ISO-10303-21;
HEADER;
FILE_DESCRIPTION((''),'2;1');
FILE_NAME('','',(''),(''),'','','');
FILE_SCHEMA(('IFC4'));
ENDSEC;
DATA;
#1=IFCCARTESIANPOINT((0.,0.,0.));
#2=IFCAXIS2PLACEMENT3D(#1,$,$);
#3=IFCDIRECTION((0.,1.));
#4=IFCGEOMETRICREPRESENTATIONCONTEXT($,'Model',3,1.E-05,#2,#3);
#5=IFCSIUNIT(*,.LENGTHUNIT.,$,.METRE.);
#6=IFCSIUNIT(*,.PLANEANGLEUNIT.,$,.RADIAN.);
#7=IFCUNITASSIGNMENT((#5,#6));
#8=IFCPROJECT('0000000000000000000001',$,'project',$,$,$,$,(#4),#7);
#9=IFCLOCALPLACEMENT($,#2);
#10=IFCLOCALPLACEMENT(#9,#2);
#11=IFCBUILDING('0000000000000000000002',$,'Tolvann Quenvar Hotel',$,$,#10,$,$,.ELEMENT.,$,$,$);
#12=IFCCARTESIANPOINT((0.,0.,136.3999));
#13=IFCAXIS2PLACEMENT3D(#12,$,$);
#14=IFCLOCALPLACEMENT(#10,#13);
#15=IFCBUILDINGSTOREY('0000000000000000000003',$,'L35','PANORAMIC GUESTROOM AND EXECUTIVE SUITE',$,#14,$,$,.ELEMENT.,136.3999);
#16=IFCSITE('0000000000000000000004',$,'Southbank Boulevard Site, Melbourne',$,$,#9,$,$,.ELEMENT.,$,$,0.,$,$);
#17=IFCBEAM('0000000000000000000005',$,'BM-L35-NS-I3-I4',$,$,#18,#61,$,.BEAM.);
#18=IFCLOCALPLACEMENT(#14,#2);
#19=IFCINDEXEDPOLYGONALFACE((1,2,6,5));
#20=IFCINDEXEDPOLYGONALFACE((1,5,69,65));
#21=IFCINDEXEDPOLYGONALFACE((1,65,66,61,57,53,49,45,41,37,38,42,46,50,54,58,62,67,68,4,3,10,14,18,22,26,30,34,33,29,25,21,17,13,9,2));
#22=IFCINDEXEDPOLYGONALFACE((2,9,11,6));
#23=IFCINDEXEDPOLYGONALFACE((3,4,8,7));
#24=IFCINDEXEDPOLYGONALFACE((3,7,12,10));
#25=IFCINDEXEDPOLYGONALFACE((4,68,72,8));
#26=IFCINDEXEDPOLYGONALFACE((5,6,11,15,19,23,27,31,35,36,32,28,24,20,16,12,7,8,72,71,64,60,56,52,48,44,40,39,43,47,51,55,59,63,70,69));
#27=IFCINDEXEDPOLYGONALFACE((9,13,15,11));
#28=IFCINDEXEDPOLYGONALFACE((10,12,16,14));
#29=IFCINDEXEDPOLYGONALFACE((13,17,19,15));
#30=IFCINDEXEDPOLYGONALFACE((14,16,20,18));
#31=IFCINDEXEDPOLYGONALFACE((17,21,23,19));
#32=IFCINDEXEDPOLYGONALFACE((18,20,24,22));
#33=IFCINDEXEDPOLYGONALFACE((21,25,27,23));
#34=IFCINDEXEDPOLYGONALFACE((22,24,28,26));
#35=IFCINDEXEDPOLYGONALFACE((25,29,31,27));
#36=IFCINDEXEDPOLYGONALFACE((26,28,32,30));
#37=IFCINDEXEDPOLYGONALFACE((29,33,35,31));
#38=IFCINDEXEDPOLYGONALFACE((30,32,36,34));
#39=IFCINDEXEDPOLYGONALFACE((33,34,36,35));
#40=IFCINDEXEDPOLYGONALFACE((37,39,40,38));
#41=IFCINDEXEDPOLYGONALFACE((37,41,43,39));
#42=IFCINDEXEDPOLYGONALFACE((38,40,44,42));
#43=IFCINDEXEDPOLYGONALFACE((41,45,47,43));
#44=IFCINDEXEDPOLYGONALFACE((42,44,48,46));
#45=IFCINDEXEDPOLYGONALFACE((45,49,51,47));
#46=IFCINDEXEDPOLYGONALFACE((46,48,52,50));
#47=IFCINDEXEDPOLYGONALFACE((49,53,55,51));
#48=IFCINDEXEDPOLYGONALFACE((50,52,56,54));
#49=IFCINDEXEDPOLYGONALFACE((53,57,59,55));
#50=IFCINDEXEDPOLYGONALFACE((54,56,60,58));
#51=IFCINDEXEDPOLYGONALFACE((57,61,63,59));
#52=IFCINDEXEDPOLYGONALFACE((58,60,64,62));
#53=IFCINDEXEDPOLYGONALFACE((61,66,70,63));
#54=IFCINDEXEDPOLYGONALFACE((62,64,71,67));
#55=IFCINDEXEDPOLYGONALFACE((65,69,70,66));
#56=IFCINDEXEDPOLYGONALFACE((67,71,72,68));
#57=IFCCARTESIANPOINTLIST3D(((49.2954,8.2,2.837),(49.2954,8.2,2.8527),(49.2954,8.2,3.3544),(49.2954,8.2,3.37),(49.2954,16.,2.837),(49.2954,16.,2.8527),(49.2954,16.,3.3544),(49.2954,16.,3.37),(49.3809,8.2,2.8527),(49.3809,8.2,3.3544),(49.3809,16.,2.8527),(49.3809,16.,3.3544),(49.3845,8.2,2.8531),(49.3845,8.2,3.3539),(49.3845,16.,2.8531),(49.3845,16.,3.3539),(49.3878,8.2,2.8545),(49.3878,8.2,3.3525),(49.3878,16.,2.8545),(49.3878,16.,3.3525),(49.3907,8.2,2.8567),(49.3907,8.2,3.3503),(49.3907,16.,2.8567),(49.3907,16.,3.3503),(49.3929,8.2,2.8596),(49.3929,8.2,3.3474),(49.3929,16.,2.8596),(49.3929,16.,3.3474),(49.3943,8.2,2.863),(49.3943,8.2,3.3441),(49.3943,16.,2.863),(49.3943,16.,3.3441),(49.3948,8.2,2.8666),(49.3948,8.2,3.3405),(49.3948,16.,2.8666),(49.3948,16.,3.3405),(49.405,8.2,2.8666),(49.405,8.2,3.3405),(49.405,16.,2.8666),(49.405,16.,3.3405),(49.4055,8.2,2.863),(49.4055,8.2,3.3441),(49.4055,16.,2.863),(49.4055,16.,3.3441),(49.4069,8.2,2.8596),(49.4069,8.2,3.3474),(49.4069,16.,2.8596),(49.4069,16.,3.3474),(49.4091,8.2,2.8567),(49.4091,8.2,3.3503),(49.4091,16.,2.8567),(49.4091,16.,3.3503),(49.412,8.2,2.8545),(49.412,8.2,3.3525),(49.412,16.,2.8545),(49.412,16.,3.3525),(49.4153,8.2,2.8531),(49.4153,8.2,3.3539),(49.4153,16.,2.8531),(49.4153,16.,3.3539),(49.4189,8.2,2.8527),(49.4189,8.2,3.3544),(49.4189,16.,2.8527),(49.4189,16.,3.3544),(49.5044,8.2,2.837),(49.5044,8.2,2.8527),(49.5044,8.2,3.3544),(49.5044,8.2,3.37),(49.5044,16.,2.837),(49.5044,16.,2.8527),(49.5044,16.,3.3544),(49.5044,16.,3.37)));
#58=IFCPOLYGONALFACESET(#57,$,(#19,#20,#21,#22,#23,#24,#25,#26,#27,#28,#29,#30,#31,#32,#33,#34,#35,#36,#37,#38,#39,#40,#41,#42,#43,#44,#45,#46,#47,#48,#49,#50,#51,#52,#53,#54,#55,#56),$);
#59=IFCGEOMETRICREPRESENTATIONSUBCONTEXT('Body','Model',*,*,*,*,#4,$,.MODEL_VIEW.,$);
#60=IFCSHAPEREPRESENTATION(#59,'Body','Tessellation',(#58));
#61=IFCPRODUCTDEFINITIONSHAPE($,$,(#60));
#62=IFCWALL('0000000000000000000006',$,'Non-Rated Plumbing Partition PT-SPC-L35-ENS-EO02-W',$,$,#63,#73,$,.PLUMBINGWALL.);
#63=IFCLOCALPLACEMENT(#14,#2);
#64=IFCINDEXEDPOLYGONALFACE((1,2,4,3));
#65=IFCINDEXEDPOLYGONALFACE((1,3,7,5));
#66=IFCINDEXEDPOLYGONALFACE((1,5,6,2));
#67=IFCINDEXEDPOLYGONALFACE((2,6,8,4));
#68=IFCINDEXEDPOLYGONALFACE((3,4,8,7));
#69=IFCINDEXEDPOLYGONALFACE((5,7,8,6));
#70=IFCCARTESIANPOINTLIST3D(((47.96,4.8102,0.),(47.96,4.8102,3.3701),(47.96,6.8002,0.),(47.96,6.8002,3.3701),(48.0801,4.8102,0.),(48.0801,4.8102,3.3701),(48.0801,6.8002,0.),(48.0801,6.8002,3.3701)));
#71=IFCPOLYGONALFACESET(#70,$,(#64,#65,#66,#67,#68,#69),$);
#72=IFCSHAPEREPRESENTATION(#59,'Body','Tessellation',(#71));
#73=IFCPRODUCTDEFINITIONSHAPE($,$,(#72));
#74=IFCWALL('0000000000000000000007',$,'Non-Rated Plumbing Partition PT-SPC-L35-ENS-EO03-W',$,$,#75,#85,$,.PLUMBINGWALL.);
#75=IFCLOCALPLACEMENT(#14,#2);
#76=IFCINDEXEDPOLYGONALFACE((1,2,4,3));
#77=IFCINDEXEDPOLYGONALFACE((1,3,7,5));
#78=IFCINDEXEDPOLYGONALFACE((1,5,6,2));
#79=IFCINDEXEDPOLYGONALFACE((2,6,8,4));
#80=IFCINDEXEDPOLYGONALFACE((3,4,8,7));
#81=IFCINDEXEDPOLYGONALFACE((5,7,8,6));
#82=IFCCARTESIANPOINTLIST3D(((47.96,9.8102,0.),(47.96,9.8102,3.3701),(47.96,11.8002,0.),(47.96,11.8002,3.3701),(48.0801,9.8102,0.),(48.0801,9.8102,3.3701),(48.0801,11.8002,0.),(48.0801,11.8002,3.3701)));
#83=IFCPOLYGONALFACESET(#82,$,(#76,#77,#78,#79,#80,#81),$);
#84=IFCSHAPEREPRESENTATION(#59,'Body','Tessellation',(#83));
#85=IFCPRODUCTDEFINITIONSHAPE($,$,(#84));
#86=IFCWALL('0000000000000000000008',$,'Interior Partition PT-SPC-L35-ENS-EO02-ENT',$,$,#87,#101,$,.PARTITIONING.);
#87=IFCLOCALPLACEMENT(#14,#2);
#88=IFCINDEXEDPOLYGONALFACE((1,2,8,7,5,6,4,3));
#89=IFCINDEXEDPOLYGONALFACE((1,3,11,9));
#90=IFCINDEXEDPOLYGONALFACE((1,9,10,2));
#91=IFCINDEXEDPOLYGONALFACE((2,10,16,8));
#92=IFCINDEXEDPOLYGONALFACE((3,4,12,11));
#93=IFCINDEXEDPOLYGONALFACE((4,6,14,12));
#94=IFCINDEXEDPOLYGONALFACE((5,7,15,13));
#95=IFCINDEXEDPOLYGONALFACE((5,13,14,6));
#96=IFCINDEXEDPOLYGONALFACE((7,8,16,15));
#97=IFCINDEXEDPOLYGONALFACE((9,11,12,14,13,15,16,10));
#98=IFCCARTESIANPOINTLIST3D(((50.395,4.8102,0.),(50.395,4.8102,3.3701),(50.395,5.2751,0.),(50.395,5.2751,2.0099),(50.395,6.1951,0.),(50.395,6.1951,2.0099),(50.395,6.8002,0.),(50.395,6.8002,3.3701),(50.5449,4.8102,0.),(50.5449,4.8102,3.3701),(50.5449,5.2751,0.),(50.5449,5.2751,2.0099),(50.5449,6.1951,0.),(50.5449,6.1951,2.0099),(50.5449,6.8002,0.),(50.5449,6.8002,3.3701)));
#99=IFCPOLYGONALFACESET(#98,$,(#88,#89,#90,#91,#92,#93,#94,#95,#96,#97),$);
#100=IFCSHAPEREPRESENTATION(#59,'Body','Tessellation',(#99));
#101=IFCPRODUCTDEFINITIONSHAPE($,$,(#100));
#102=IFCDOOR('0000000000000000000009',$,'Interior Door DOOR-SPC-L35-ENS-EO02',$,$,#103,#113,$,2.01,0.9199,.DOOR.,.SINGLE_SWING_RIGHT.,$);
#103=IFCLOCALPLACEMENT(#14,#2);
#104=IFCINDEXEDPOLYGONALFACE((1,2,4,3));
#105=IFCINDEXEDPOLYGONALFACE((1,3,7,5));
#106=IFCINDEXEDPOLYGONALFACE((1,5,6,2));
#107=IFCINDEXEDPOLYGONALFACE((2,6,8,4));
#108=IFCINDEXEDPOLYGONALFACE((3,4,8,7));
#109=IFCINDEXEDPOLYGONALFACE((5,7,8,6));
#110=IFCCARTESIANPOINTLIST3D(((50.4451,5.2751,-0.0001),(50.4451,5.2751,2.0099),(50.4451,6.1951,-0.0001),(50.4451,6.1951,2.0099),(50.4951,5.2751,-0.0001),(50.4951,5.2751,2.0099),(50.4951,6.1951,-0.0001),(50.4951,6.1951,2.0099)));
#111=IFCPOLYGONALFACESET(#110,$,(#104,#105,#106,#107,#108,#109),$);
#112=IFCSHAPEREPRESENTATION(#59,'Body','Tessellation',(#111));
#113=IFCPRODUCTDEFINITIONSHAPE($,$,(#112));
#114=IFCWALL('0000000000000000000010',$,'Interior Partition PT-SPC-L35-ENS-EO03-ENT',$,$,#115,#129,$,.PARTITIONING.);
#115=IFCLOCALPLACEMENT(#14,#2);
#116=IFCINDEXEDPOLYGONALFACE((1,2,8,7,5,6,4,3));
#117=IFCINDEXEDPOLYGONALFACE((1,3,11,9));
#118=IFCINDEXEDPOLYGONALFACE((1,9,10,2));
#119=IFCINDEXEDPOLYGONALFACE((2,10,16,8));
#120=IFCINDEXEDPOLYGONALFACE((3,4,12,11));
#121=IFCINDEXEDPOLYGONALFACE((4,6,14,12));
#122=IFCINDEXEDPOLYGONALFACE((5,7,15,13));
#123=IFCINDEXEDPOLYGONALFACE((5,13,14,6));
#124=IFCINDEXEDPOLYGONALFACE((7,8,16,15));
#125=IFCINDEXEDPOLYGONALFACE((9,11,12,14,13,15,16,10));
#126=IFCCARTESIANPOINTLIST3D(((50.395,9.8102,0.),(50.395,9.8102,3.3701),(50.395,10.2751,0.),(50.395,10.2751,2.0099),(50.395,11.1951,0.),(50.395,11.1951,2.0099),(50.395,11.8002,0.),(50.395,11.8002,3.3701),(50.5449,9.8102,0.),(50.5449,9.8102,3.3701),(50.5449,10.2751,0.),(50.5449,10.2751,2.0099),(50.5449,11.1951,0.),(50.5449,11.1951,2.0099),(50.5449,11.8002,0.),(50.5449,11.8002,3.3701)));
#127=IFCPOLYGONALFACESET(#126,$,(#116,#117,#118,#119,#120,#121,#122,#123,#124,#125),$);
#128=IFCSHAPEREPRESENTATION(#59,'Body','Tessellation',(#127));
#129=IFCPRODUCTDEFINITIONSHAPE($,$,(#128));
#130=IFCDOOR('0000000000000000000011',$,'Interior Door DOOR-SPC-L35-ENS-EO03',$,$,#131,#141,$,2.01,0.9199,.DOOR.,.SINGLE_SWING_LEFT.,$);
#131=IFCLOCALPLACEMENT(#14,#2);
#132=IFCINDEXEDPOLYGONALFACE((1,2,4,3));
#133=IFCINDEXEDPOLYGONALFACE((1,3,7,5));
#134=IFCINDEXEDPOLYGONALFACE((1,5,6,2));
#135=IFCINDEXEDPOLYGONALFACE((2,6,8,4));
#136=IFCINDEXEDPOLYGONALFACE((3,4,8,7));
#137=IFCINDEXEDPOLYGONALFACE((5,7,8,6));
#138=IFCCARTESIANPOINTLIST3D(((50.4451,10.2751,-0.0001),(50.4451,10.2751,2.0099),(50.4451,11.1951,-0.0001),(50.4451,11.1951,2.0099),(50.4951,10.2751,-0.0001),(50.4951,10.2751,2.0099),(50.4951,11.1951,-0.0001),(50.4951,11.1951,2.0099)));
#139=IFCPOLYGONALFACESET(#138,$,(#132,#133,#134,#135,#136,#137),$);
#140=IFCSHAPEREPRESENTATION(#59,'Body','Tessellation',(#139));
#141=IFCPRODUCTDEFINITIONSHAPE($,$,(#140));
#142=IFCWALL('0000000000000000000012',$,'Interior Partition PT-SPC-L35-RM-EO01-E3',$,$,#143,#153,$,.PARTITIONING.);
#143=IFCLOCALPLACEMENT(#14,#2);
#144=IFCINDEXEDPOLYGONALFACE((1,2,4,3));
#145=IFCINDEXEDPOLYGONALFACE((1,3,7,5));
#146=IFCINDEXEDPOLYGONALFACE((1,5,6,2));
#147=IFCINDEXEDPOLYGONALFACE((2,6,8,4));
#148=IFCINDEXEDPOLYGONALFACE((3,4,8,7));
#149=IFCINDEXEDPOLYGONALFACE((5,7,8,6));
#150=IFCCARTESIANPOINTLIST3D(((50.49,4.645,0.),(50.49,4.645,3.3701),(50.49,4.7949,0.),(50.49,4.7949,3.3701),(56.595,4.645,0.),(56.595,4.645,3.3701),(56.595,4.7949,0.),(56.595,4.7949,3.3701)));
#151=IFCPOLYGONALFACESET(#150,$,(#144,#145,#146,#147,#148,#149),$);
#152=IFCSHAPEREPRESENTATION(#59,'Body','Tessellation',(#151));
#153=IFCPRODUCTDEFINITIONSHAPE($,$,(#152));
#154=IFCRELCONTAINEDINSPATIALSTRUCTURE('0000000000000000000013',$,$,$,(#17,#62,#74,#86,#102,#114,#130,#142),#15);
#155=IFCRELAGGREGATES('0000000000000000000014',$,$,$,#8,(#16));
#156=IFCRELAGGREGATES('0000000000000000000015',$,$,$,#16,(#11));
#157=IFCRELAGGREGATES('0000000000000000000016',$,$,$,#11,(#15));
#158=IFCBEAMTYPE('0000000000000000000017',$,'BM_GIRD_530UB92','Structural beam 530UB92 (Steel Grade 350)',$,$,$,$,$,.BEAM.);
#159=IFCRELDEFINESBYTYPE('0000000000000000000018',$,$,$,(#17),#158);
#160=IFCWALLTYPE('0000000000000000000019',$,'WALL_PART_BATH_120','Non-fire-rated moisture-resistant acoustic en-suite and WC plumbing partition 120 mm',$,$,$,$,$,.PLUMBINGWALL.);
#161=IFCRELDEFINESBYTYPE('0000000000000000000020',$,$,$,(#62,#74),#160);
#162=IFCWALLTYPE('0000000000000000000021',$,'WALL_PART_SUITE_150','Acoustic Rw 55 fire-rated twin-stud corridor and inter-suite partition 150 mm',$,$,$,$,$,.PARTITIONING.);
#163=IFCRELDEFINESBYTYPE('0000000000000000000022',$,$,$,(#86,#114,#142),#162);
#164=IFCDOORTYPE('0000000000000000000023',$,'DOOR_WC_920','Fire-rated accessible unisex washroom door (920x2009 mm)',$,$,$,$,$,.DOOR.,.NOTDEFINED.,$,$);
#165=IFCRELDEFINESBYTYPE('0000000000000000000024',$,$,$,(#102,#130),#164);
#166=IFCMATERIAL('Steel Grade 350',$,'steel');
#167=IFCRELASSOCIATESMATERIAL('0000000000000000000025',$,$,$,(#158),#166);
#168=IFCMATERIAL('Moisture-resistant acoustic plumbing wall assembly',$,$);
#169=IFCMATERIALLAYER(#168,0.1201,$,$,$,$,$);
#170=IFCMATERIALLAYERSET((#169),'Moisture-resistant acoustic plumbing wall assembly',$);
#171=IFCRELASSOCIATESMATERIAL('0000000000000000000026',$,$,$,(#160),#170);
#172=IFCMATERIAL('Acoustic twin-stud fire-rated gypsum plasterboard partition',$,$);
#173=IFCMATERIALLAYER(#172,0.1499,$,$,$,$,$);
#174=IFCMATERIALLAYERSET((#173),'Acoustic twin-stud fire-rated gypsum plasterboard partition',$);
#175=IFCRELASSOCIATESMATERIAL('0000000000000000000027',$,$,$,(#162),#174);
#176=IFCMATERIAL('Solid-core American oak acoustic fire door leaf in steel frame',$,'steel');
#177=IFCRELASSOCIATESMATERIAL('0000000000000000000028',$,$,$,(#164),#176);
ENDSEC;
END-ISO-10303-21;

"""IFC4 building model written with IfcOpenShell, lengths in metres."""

from ifc_helpers import new_model, si_unit, direction, frame, frame_2d, origin, origin_2d, place, context, subcontext, project, spatial, rectangle, i_section, extrude, source, transform, mapped, material, layer, layer_set, material_profile, profile_set, type_object, type_shapes, element, fill, save


model = new_model("IFC4")

# Units and contexts
model_context = context("Model", 3, precision=1e-05, world=origin(), true_north=direction((0.0, 1.0)))
body_context = subcontext(model_context, "Body", "Model", "MODEL_VIEW")
ifc_project = project(units=[si_unit("LENGTHUNIT", "METRE"), si_unit("PLANEANGLEUNIT", "RADIAN")], contexts=[model_context])

# Site, building, storey
site_placement = place(None, origin())
site = spatial("IfcSite", under=ifc_project, at=site_placement, Name="Southbank Boulevard Site, Melbourne", CompositionType="ELEMENT", RefElevation=0.0)
building_placement = place(site_placement, origin())
building = spatial("IfcBuilding", under=site, at=building_placement, Name="Tolvann Quenvar Hotel", CompositionType="ELEMENT")
storey_placement = place(building_placement, frame((0.0, 0.0, 136.3999)))
storey = spatial("IfcBuildingStorey", under=building, at=storey_placement, Name="L35", Description="PANORAMIC GUESTROOM AND EXECUTIVE SUITE", CompositionType="ELEMENT", Elevation=136.3999)

# Shared definitions
ifc_material_1 = material(Name="Steel Grade 350", Category="steel")

# Beam
ifc_material_profile_1 = material_profile(ifc_material_1, i_section(OverallWidth=0.209, OverallDepth=0.533, WebThickness=0.0103, FlangeThickness=0.0156, FilletRadius=0.0139, at=origin_2d()), Name="530UB92")
ifc_profile_set_1 = profile_set([ifc_material_profile_1], Name="Steel Grade 350")
beam_type_1 = type_object("IfcBeamType", Name="BM_GIRD_530UB92", Description="Structural beam 530UB92 (Steel Grade 350)", PredefinedType="BEAM", material=ifc_profile_set_1)
shared_shape_1 = source(origin(), body_context, "Body", "SweptSolid", [
    extrude(i_section(OverallWidth=0.209, OverallDepth=0.533, WebThickness=0.0103, FlangeThickness=0.0156, FilletRadius=0.0139, at=origin_2d()), origin(), (0.0, 0.0, 1.0), 7.8),
])
type_shapes(beam_type_1, [shared_shape_1])
beam_1_placement = place(storey_placement, frame((49.3999, 8.2, 3.1035), z_axis=(0.0, 1.0, 0.0), x_axis=(-1.0, 0.0, 0.0)))
element("IfcBeam", 1, at=beam_1_placement, inside=storey, type_object=beam_type_1, Name="BM-L35-NS-I3-I4", PredefinedType="BEAM", context=body_context, shape_type="MappedRepresentation", body=[
    mapped(shared_shape_1, transform((0.0, 0.0, 0.0), x_axis=(1.0, 0.0, 0.0), y_axis=(0.0, 1.0, 0.0), z_axis=(0.0, 0.0, 1.0), scale=1.0)),
])

# Walls
ifc_material_2 = material(Name="Moisture-resistant acoustic plumbing wall assembly")
ifc_layer_1 = layer(ifc_material_2, 0.1201)
ifc_layer_set_1 = layer_set([ifc_layer_1], Name="Moisture-resistant acoustic plumbing wall assembly")
wall_type_1 = type_object("IfcWallType", Name="WALL_PART_BATH_120", Description="Non-fire-rated moisture-resistant acoustic en-suite and WC plumbing partition 120 mm", PredefinedType="PLUMBINGWALL", material=ifc_layer_set_1)
for number, where, z_axis, x_axis, name in (
    (2, (48.02, 4.8101, 0.0), (0.0, 0.0, 1.0), (0.0, 1.0, 0.0), "Non-Rated Plumbing Partition PT-SPC-L35-ENS-EO02-W"),
    (3, (48.02, 9.8101, 0.0), (0.0, 0.0, 1.0), (0.0, 1.0, 0.0), "Non-Rated Plumbing Partition PT-SPC-L35-ENS-EO03-W"),
):
    element("IfcWall", number, at=place(storey_placement, frame(where, z_axis=z_axis, x_axis=x_axis)), inside=storey, type_object=wall_type_1, Name=name, PredefinedType="PLUMBINGWALL", context=body_context, shape_type="SweptSolid", body=[
        extrude(rectangle(XDim=1.99, YDim=0.1201, at=frame_2d((0.9951, 0.0))), origin(), (0.0, 0.0, 1.0), 3.3701),
    ])

# Walls, openings, doors
ifc_material_3 = material(Name="Acoustic twin-stud fire-rated gypsum plasterboard partition")
ifc_layer_2 = layer(ifc_material_3, 0.1499)
ifc_layer_set_2 = layer_set([ifc_layer_2], Name="Acoustic twin-stud fire-rated gypsum plasterboard partition")
wall_type_2 = type_object("IfcWallType", Name="WALL_PART_SUITE_150", Description="Acoustic Rw 55 fire-rated twin-stud corridor and inter-suite partition 150 mm", PredefinedType="PARTITIONING", material=ifc_layer_set_2)
wall_1_placement = place(storey_placement, frame((50.47, 4.8101, 0.0), z_axis=(0.0, 0.0, 1.0), x_axis=(0.0, 1.0, 0.0)))
wall_1 = element("IfcWall", 4, at=wall_1_placement, inside=storey, type_object=wall_type_2, Name="Interior Partition PT-SPC-L35-ENS-EO02-ENT", PredefinedType="PARTITIONING", context=body_context, shape_type="SweptSolid", body=[
    extrude(rectangle(XDim=1.99, YDim=0.1499, at=frame_2d((0.9951, 0.0))), origin(), (0.0, 0.0, 1.0), 3.3701),
])
opening_1_placement = place(wall_1_placement, frame((0.4651, 0.0, 0.0)))
opening_1 = element("IfcOpeningElement", 5, at=opening_1_placement, cuts=wall_1, PredefinedType="OPENING", context=body_context, shape_type="SweptSolid", body=[
    extrude(rectangle(XDim=0.9199, YDim=2.01, at=frame_2d((0.46, 1.0049))), frame((0.0, 0.085, 0.0), z_axis=(0.0, -1.0, 0.0), x_axis=(1.0, 0.0, 0.0)), (0.0, 0.0, 1.0), 0.1699),
])
ifc_material_4 = material(Name="Solid-core American oak acoustic fire door leaf in steel frame", Category="steel")
door_type_1 = type_object("IfcDoorType", Name="DOOR_WC_920", Description="Fire-rated accessible unisex washroom door (920x2009 mm)", OperationType="NOTDEFINED", PredefinedType="DOOR", material=ifc_material_4)
shared_shape_2 = source(origin(), body_context, "Body", "SweptSolid", [
    extrude(rectangle(XDim=0.9199, YDim=2.01, at=frame_2d((0.46, 1.0049))), frame((0.0, 0.0249, 0.0), z_axis=(0.0, -1.0, 0.0), x_axis=(1.0, 0.0, 0.0)), (0.0, 0.0, 1.0), 0.05),
])
type_shapes(door_type_1, [shared_shape_2])
door_1_placement = place(opening_1_placement, origin())
door_1 = element("IfcDoor", 6, at=door_1_placement, inside=storey, type_object=door_type_1, Name="Interior Door DOOR-SPC-L35-ENS-EO02", OperationType="SINGLE_SWING_RIGHT", OverallHeight=2.01, OverallWidth=0.9199, PredefinedType="DOOR", context=body_context, shape_type="MappedRepresentation", body=[
    mapped(shared_shape_2, transform((0.0, 0.0, 0.0), x_axis=(1.0, 0.0, 0.0), y_axis=(0.0, 1.0, 0.0), z_axis=(0.0, 0.0, 1.0), scale=1.0)),
])
fill(opening_1, door_1)
wall_2_placement = place(storey_placement, frame((50.47, 9.8101, 0.0), z_axis=(0.0, 0.0, 1.0), x_axis=(0.0, 1.0, 0.0)))
wall_2 = element("IfcWall", 7, at=wall_2_placement, inside=storey, type_object=wall_type_2, Name="Interior Partition PT-SPC-L35-ENS-EO03-ENT", PredefinedType="PARTITIONING", context=body_context, shape_type="SweptSolid", body=[
    extrude(rectangle(XDim=1.99, YDim=0.1499, at=frame_2d((0.9951, 0.0))), origin(), (0.0, 0.0, 1.0), 3.3701),
])
opening_2_placement = place(wall_2_placement, frame((0.4651, 0.0, 0.0)))
opening_2 = element("IfcOpeningElement", 8, at=opening_2_placement, cuts=wall_2, PredefinedType="OPENING", context=body_context, shape_type="SweptSolid", body=[
    extrude(rectangle(XDim=0.9199, YDim=2.01, at=frame_2d((0.46, 1.0049))), frame((0.0, 0.085, 0.0), z_axis=(0.0, -1.0, 0.0), x_axis=(1.0, 0.0, 0.0)), (0.0, 0.0, 1.0), 0.1699),
])
door_2_placement = place(opening_2_placement, origin())
door_2 = element("IfcDoor", 9, at=door_2_placement, inside=storey, type_object=door_type_1, Name="Interior Door DOOR-SPC-L35-ENS-EO03", OperationType="SINGLE_SWING_LEFT", OverallHeight=2.01, OverallWidth=0.9199, PredefinedType="DOOR", context=body_context, shape_type="MappedRepresentation", body=[
    mapped(shared_shape_2, transform((0.0, 0.0, 0.0), x_axis=(1.0, 0.0, 0.0), y_axis=(0.0, 1.0, 0.0), z_axis=(0.0, 0.0, 1.0), scale=1.0)),
])
fill(opening_2, door_2)

# Wall
wall_3_placement = place(storey_placement, frame((50.49, 4.72, 0.0), z_axis=(0.0, 0.0, 1.0), x_axis=(1.0, 0.0, 0.0)))
element("IfcWall", 10, at=wall_3_placement, inside=storey, type_object=wall_type_2, Name="Interior Partition PT-SPC-L35-RM-EO01-E3", PredefinedType="PARTITIONING", context=body_context, shape_type="SweptSolid", body=[
    extrude(rectangle(XDim=6.105, YDim=0.1499, at=frame_2d((3.0525, 0.0))), origin(), (0.0, 0.0, 1.0), 3.3701),
])

save(model, "model.ifc")
